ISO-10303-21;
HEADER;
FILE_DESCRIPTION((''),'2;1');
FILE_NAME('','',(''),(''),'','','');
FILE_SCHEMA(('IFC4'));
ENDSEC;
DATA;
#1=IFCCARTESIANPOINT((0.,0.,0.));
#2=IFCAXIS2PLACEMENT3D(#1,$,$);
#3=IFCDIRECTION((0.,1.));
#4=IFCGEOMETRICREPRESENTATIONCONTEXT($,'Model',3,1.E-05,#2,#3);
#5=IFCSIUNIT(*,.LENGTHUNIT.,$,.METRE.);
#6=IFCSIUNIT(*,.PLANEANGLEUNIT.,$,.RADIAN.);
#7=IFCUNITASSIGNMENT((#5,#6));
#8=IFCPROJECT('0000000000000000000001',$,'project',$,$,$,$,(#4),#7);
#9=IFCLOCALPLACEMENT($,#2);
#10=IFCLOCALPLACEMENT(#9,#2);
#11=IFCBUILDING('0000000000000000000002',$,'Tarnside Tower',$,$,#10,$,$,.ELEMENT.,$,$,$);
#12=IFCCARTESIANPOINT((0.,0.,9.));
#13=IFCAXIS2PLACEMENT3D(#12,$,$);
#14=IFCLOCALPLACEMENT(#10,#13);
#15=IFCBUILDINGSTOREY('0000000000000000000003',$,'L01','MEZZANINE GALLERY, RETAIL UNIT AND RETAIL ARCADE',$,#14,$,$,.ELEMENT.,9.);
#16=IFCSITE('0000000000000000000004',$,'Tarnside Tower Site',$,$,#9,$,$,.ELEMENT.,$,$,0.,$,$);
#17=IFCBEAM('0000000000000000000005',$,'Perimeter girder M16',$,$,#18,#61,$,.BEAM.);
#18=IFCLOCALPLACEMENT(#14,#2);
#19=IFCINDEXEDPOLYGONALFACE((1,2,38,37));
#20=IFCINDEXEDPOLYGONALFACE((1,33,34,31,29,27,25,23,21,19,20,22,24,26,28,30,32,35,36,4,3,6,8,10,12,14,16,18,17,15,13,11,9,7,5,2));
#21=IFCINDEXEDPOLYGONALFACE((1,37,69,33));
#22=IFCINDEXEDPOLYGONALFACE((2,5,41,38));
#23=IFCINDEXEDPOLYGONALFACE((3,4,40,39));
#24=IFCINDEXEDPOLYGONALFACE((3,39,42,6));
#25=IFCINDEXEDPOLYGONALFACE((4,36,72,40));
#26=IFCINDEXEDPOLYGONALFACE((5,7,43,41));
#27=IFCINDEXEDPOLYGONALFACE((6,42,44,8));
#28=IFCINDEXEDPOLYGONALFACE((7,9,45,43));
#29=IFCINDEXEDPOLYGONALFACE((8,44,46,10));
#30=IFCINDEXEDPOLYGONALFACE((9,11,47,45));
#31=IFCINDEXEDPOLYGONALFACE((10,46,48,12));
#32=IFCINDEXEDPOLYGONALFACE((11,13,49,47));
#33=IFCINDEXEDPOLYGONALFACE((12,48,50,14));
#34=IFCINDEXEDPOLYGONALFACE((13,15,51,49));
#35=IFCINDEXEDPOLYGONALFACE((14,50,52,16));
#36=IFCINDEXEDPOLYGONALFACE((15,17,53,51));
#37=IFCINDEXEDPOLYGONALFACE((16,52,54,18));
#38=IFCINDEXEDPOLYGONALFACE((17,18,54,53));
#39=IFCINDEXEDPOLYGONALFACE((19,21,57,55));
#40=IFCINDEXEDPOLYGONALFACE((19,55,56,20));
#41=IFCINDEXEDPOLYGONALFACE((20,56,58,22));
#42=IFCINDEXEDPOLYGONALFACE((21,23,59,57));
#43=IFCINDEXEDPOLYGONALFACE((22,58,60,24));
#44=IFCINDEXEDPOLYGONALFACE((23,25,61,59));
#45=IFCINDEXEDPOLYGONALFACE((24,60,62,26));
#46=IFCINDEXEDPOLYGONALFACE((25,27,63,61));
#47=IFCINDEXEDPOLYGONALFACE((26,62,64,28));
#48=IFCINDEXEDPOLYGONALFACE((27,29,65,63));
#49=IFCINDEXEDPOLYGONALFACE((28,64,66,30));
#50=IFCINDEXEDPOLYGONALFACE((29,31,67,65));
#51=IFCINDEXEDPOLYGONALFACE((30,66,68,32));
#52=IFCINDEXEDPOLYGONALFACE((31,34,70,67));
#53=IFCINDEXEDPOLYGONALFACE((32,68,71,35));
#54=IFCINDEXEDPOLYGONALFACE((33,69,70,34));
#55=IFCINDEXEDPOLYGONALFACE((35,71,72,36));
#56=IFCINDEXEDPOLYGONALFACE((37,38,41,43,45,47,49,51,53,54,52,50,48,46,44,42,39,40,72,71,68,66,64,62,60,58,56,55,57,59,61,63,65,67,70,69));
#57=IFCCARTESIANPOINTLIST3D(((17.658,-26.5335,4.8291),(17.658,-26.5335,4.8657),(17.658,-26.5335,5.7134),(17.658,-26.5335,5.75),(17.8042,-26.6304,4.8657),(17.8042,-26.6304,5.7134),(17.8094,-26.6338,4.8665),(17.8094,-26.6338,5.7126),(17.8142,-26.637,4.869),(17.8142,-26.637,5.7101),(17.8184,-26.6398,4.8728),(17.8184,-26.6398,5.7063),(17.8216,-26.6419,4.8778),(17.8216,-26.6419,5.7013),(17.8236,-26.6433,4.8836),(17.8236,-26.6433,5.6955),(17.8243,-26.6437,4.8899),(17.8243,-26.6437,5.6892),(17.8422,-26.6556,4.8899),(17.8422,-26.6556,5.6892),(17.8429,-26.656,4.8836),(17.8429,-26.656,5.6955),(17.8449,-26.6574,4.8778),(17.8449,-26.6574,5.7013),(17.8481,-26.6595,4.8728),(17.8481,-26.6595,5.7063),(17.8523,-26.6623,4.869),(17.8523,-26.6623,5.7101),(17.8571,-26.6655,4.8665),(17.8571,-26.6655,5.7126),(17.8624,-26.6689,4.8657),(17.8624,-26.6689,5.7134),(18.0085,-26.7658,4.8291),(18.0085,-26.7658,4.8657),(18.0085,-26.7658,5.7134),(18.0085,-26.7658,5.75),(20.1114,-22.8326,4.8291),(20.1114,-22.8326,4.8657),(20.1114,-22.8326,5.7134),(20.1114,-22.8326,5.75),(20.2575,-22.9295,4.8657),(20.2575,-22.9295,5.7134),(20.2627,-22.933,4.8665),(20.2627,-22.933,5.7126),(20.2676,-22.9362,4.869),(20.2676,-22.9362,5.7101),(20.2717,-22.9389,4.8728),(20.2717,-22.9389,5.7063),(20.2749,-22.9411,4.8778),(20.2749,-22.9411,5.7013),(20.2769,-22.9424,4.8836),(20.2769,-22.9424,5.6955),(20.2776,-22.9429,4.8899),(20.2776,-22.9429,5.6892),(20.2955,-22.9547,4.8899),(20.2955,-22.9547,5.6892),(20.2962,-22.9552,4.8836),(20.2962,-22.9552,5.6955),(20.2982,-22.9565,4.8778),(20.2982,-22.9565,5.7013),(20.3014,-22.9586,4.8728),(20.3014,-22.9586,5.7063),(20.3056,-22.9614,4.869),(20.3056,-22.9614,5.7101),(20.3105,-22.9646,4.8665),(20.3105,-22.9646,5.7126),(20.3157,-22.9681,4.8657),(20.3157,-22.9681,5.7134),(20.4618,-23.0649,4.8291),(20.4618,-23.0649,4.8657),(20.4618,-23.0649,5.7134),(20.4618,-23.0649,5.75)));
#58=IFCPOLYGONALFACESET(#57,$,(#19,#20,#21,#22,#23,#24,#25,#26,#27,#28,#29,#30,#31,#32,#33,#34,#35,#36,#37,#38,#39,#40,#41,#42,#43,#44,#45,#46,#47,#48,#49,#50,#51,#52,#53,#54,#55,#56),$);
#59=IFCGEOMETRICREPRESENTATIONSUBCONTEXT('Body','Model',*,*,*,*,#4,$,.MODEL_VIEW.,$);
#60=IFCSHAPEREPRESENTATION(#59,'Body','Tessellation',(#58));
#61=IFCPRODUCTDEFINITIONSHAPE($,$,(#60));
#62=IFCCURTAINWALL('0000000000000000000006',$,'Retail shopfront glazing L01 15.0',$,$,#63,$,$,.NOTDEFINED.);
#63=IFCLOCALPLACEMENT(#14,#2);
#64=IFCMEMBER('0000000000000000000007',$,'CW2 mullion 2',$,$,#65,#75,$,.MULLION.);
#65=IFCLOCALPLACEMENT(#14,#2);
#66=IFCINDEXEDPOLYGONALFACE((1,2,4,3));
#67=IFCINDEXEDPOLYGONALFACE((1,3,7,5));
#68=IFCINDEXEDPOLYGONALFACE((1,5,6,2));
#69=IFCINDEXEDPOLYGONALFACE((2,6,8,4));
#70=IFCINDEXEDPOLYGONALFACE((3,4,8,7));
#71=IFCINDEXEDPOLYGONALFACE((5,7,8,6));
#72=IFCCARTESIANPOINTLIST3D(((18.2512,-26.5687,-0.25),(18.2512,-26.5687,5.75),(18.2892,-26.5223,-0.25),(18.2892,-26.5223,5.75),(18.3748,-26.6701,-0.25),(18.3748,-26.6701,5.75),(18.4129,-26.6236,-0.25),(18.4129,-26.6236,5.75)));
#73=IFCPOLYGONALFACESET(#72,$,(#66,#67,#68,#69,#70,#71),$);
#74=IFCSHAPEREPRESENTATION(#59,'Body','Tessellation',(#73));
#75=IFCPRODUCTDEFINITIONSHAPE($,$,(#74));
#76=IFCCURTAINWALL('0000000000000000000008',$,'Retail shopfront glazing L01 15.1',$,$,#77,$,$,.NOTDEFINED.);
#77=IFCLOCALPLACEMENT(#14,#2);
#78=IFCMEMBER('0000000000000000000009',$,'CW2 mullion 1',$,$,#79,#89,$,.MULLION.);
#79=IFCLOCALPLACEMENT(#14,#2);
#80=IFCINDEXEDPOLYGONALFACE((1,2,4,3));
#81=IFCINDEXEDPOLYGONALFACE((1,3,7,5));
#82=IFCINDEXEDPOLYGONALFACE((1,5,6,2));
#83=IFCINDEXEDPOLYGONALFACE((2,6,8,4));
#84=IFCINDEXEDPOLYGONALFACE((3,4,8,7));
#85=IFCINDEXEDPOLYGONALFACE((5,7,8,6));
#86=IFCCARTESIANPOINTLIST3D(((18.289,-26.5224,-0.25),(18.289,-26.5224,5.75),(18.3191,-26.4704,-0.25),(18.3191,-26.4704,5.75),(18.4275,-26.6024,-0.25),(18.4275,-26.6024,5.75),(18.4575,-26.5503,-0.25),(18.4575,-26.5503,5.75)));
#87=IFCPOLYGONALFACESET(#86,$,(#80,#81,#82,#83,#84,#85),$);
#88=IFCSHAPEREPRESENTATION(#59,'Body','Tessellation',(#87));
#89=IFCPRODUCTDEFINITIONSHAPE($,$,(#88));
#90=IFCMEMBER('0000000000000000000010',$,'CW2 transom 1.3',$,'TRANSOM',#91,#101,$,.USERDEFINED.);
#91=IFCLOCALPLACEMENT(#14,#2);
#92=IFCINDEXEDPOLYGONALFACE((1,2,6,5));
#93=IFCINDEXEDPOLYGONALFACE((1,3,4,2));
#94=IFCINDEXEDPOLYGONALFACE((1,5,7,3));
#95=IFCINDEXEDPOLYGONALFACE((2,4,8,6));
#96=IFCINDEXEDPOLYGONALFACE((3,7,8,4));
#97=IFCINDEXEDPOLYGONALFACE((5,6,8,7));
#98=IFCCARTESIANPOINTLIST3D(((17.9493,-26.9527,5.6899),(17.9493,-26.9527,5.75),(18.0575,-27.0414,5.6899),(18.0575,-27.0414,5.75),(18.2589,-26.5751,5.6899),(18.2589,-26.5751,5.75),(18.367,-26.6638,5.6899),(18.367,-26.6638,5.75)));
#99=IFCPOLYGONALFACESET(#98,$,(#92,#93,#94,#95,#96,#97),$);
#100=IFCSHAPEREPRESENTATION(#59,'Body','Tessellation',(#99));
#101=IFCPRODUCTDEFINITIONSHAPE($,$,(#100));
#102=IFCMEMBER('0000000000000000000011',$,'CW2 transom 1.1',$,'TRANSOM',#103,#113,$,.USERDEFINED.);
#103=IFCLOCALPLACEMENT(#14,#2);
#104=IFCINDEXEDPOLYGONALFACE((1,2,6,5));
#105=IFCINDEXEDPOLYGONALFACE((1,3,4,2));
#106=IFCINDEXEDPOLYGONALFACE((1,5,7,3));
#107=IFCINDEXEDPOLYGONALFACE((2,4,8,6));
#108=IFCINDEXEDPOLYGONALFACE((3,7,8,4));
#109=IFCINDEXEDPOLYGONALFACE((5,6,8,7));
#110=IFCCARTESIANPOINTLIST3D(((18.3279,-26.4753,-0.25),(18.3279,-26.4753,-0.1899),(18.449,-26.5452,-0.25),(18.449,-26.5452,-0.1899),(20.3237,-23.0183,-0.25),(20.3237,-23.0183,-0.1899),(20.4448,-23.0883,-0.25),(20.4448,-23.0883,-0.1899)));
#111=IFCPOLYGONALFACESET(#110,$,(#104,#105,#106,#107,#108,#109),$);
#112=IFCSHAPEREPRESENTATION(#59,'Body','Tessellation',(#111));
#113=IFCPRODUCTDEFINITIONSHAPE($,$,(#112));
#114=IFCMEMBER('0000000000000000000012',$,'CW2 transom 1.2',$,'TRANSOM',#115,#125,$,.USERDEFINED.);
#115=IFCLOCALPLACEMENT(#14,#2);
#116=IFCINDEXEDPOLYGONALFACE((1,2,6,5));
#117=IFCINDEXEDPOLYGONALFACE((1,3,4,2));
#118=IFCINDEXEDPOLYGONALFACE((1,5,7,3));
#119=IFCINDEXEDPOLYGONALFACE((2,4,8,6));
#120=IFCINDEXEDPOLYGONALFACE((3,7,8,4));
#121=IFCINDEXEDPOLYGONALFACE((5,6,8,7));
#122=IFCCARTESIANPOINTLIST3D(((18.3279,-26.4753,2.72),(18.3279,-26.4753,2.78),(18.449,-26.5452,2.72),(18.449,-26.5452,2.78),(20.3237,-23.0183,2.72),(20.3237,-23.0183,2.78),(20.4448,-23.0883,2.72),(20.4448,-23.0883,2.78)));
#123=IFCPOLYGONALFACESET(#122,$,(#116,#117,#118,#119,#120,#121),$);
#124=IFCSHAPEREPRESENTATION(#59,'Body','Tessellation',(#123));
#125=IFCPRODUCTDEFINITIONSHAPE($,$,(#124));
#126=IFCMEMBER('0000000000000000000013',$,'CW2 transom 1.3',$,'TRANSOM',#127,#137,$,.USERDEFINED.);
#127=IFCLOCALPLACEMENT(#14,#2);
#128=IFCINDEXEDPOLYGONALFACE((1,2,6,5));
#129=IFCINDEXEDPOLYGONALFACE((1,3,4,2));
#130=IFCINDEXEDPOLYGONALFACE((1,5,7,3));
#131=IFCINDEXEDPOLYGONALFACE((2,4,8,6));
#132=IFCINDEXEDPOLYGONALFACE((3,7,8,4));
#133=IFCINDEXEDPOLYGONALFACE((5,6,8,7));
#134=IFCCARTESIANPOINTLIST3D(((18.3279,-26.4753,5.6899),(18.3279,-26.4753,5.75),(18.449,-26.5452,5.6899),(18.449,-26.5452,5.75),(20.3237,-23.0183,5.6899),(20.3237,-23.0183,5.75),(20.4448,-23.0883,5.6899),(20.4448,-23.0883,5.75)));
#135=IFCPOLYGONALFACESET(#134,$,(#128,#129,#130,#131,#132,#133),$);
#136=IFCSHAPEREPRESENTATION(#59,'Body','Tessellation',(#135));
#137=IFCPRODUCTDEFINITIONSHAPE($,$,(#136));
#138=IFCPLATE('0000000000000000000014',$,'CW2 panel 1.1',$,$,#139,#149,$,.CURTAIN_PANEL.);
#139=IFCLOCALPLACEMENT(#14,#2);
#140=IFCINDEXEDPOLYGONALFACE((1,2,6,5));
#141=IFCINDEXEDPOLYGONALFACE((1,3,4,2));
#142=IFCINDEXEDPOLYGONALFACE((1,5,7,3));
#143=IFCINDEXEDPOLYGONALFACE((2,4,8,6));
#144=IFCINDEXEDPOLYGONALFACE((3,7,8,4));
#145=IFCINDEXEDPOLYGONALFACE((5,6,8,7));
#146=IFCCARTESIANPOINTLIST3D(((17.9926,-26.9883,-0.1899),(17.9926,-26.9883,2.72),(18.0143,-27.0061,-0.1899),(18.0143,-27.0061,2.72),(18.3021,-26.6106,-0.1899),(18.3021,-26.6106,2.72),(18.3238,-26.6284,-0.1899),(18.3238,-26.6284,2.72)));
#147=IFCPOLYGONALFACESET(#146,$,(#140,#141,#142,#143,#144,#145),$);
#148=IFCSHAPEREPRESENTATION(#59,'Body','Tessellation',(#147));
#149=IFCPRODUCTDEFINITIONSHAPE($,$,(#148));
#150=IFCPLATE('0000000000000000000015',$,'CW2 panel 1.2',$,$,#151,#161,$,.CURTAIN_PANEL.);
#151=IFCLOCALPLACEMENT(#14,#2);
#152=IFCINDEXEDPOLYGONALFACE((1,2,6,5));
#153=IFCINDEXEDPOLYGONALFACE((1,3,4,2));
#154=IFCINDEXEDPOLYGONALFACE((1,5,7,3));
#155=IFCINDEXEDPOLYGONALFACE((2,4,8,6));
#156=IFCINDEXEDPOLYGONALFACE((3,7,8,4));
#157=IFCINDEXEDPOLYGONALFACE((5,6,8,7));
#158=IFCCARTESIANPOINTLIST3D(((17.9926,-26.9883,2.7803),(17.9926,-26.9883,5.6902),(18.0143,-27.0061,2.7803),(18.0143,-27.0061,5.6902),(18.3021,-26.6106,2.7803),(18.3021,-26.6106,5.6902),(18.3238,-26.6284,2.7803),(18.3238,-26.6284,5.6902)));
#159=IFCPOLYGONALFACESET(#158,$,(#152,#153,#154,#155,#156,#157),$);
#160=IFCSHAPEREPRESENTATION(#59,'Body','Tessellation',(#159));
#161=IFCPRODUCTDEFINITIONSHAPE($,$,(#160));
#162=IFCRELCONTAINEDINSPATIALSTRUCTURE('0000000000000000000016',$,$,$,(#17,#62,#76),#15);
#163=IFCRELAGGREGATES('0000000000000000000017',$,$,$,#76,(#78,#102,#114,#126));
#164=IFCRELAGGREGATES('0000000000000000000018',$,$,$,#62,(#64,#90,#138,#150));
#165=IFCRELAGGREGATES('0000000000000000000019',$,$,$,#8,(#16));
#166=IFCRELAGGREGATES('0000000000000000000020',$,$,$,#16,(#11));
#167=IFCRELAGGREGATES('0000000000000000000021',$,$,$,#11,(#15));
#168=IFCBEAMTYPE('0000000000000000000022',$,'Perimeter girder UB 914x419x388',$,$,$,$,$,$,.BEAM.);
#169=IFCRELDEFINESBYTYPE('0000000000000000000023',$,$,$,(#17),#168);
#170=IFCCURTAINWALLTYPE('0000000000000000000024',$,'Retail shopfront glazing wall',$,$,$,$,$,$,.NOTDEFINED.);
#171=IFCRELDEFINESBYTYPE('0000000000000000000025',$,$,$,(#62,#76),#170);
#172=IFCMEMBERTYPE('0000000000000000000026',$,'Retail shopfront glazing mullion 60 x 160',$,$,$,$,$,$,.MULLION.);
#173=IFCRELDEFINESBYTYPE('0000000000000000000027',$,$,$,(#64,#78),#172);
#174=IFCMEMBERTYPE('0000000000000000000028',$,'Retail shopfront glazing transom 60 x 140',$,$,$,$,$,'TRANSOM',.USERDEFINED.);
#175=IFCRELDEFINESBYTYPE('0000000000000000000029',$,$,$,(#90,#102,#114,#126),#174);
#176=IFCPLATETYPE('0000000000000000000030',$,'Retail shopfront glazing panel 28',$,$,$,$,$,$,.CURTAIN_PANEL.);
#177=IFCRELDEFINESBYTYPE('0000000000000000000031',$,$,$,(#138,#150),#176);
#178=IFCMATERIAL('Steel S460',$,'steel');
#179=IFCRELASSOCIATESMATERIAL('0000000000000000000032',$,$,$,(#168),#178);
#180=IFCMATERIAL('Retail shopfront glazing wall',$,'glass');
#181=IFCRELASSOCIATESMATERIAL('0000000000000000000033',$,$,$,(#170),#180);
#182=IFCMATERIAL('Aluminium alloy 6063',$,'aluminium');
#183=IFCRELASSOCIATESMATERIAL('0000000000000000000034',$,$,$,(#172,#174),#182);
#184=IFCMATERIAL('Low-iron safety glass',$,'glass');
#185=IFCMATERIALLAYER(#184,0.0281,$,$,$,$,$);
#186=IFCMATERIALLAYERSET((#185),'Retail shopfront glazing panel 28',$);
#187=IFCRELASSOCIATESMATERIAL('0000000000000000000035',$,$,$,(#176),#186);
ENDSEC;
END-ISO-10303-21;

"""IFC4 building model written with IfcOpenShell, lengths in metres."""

from ifc_helpers import new_model, si_unit, direction, frame, origin, origin_2d, place, context, subcontext, project, spatial, rectangle, i_section, extrude, material, layer, layer_set, material_profile, profile_set, type_object, element, aggregate, save


model = new_model("IFC4")

# Units and contexts
model_context = context("Model", 3, precision=1e-05, world=origin(), true_north=direction((0.0, 1.0)))
body_context = subcontext(model_context, "Body", "Model", "MODEL_VIEW")
ifc_project = project(units=[si_unit("LENGTHUNIT", "METRE"), si_unit("PLANEANGLEUNIT", "RADIAN")], contexts=[model_context])

# Site, building, storey
site_placement = place(None, origin())
site = spatial("IfcSite", under=ifc_project, at=site_placement, Name="Tarnside Tower Site", CompositionType="ELEMENT", RefElevation=0.0)
building_placement = place(site_placement, origin())
building = spatial("IfcBuilding", under=site, at=building_placement, Name="Tarnside Tower", CompositionType="ELEMENT")
storey_placement = place(building_placement, frame((0.0, 0.0, 9.0)))
storey = spatial("IfcBuildingStorey", under=building, at=storey_placement, Name="L01", Description="MEZZANINE GALLERY, RETAIL UNIT AND RETAIL ARCADE", CompositionType="ELEMENT", Elevation=9.0)

# Shared definitions
ifc_material_1 = material(Name="Steel S460", Category="steel")

# Beam
ifc_material_profile_1 = material_profile(ifc_material_1, i_section(OverallWidth=0.4204, OverallDepth=0.9209, WebThickness=0.0215, FlangeThickness=0.0366, FilletRadius=0.0242, at=origin_2d()), Name="UB 914x419x388")
ifc_profile_set_1 = profile_set([ifc_material_profile_1], Name="Steel S460")
beam_type_1 = type_object("IfcBeamType", Name="Perimeter girder UB 914x419x388", PredefinedType="BEAM", material=ifc_profile_set_1)
beam_1_placement = place(storey_placement, frame((17.8333, -26.6497, 5.2896), z_axis=(0.552529, 0.833494, 0.0), x_axis=(-0.833494, 0.552529, 0.0)))
element("IfcBeam", 1, at=beam_1_placement, inside=storey, type_object=beam_type_1, Name="Perimeter girder M16", PredefinedType="BEAM", context=body_context, shape_type="SweptSolid", body=[
    extrude(i_section(OverallWidth=0.4204, OverallDepth=0.9209, WebThickness=0.0215, FlangeThickness=0.0366, FilletRadius=0.0242, at=origin_2d()), origin(), (0.0, 0.0, 1.0), 4.4402),
])

# Curtain walls, members
ifc_material_2 = material(Name="Retail shopfront glazing wall", Category="glass")
curtain_wall_type = type_object("IfcCurtainWallType", Name="Retail shopfront glazing wall", PredefinedType="NOTDEFINED", material=ifc_material_2)
curtain_wall_1_placement = place(storey_placement, origin())
curtain_wall_1 = element("IfcCurtainWall", 2, at=curtain_wall_1_placement, inside=storey, type_object=curtain_wall_type, Name="Retail shopfront glazing L01 15.0", PredefinedType="NOTDEFINED")
ifc_material_3 = material(Name="Aluminium alloy 6063", Category="aluminium")
ifc_material_profile_2 = material_profile(ifc_material_3, rectangle(XDim=0.1599, YDim=0.0601, at=origin_2d()), Name="Retail shopfront glazing mullion 60 x 160")
ifc_profile_set_2 = profile_set([ifc_material_profile_2], Name="Aluminium alloy 6063")
member_type_1 = type_object("IfcMemberType", Name="Retail shopfront glazing mullion 60 x 160", PredefinedType="MULLION", material=ifc_profile_set_2)
member_1_placement = place(storey_placement, frame((18.332, -26.5962, -0.25), z_axis=(0.0, 0.0, 1.0), x_axis=(-0.773472, 0.633831, 0.0)))
member_1 = element("IfcMember", 3, at=member_1_placement, type_object=member_type_1, Name="CW2 mullion 2", PredefinedType="MULLION", context=body_context, shape_type="SweptSolid", body=[
    extrude(rectangle(XDim=0.1599, YDim=0.0601, at=origin_2d()), origin(), (0.0, 0.0, 1.0), 6.0),
])
curtain_wall_2_placement = place(storey_placement, origin())
curtain_wall_2 = element("IfcCurtainWall", 4, at=curtain_wall_2_placement, inside=storey, type_object=curtain_wall_type, Name="Retail shopfront glazing L01 15.1", PredefinedType="NOTDEFINED")
member_2_placement = place(storey_placement, frame((18.3733, -26.5364, -0.25), z_axis=(0.0, 0.0, 1.0), x_axis=(-0.866025, 0.5, 0.0)))
member_2 = element("IfcMember", 5, at=member_2_placement, type_object=member_type_1, Name="CW2 mullion 1", PredefinedType="MULLION", context=body_context, shape_type="SweptSolid", body=[
    extrude(rectangle(XDim=0.1599, YDim=0.0601, at=origin_2d()), origin(), (0.0, 0.0, 1.0), 6.0),
])

# Members
ifc_material_profile_3 = material_profile(ifc_material_3, rectangle(XDim=0.1399, YDim=0.0601, at=origin_2d()), Name="Retail shopfront glazing transom 60 x 140")
ifc_profile_set_3 = profile_set([ifc_material_profile_3], Name="Aluminium alloy 6063")
member_type_2 = type_object("IfcMemberType", Name="Retail shopfront glazing transom 60 x 140", ElementType="TRANSOM", PredefinedType="USERDEFINED", material=ifc_profile_set_3)
member_3_placement = place(storey_placement, frame((18.0034, -26.9971, 5.72), z_axis=(0.633918, 0.7734, 0.0), x_axis=(-0.7734, 0.633918, 0.0)))
member_3 = element("IfcMember", 6, at=member_3_placement, type_object=member_type_2, Name="CW2 transom 1.3", ObjectType="TRANSOM", PredefinedType="USERDEFINED", context=body_context, shape_type="SweptSolid", body=[
    extrude(rectangle(XDim=0.1399, YDim=0.0601, at=origin_2d()), origin(), (0.0, 0.0, 1.0), 0.4883),
])
member_4_placement = place(storey_placement, frame((18.3884, -26.5103, -0.22), z_axis=(0.499987, 0.866033, 0.0), x_axis=(-0.866033, 0.499987, 0.0)))
member_4 = element("IfcMember", 7, at=member_4_placement, type_object=member_type_2, Name="CW2 transom 1.1", ObjectType="TRANSOM", PredefinedType="USERDEFINED", context=body_context, shape_type="SweptSolid", body=[
    extrude(rectangle(XDim=0.1399, YDim=0.0601, at=origin_2d()), origin(), (0.0, 0.0, 1.0), 3.9917),
])
member_5_placement = place(storey_placement, frame((18.3884, -26.5103, 2.75), z_axis=(0.499987, 0.866033, 0.0), x_axis=(-0.866033, 0.499987, 0.0)))
member_5 = element("IfcMember", 8, at=member_5_placement, type_object=member_type_2, Name="CW2 transom 1.2", ObjectType="TRANSOM", PredefinedType="USERDEFINED", context=body_context, shape_type="SweptSolid", body=[
    extrude(rectangle(XDim=0.1399, YDim=0.0601, at=origin_2d()), origin(), (0.0, 0.0, 1.0), 3.9917),
])
member_6_placement = place(storey_placement, frame((18.3884, -26.5103, 5.72), z_axis=(0.499987, 0.866033, 0.0), x_axis=(-0.866033, 0.499987, 0.0)))
member_6 = element("IfcMember", 9, at=member_6_placement, type_object=member_type_2, Name="CW2 transom 1.3", ObjectType="TRANSOM", PredefinedType="USERDEFINED", context=body_context, shape_type="SweptSolid", body=[
    extrude(rectangle(XDim=0.1399, YDim=0.0601, at=origin_2d()), origin(), (0.0, 0.0, 1.0), 3.9917),
])
aggregate(curtain_wall_2, [member_2, member_4, member_5, member_6])

# Plates
ifc_material_4 = material(Name="Low-iron safety glass", Category="glass")
ifc_layer_1 = layer(ifc_material_4, 0.0281)
ifc_layer_set_1 = layer_set([ifc_layer_1], Name="Retail shopfront glazing panel 28")
plate_type = type_object("IfcPlateType", Name="Retail shopfront glazing panel 28", PredefinedType="CURTAIN_PANEL", material=ifc_layer_set_1)
plate_1_placement = place(storey_placement, frame((18.1582, -26.8083, -0.1899), z_axis=(0.0, 0.0, 1.0), x_axis=(0.633831, 0.773472, 0.0)))
plate_1 = element("IfcPlate", 10, at=plate_1_placement, type_object=plate_type, Name="CW2 panel 1.1", PredefinedType="CURTAIN_PANEL", context=body_context, shape_type="SweptSolid", body=[
    extrude(rectangle(XDim=0.4883, YDim=0.0281, at=origin_2d()), origin(), (0.0, 0.0, 1.0), 2.9099),
])
plate_2_placement = place(storey_placement, frame((18.1582, -26.8083, 2.7803), z_axis=(0.0, 0.0, 1.0), x_axis=(0.633831, 0.773472, 0.0)))
plate_2 = element("IfcPlate", 11, at=plate_2_placement, type_object=plate_type, Name="CW2 panel 1.2", PredefinedType="CURTAIN_PANEL", context=body_context, shape_type="SweptSolid", body=[
    extrude(rectangle(XDim=0.4883, YDim=0.0281, at=origin_2d()), origin(), (0.0, 0.0, 1.0), 2.9099),
])
aggregate(curtain_wall_1, [member_1, member_3, plate_1, plate_2])

save(model, "model.ifc")
